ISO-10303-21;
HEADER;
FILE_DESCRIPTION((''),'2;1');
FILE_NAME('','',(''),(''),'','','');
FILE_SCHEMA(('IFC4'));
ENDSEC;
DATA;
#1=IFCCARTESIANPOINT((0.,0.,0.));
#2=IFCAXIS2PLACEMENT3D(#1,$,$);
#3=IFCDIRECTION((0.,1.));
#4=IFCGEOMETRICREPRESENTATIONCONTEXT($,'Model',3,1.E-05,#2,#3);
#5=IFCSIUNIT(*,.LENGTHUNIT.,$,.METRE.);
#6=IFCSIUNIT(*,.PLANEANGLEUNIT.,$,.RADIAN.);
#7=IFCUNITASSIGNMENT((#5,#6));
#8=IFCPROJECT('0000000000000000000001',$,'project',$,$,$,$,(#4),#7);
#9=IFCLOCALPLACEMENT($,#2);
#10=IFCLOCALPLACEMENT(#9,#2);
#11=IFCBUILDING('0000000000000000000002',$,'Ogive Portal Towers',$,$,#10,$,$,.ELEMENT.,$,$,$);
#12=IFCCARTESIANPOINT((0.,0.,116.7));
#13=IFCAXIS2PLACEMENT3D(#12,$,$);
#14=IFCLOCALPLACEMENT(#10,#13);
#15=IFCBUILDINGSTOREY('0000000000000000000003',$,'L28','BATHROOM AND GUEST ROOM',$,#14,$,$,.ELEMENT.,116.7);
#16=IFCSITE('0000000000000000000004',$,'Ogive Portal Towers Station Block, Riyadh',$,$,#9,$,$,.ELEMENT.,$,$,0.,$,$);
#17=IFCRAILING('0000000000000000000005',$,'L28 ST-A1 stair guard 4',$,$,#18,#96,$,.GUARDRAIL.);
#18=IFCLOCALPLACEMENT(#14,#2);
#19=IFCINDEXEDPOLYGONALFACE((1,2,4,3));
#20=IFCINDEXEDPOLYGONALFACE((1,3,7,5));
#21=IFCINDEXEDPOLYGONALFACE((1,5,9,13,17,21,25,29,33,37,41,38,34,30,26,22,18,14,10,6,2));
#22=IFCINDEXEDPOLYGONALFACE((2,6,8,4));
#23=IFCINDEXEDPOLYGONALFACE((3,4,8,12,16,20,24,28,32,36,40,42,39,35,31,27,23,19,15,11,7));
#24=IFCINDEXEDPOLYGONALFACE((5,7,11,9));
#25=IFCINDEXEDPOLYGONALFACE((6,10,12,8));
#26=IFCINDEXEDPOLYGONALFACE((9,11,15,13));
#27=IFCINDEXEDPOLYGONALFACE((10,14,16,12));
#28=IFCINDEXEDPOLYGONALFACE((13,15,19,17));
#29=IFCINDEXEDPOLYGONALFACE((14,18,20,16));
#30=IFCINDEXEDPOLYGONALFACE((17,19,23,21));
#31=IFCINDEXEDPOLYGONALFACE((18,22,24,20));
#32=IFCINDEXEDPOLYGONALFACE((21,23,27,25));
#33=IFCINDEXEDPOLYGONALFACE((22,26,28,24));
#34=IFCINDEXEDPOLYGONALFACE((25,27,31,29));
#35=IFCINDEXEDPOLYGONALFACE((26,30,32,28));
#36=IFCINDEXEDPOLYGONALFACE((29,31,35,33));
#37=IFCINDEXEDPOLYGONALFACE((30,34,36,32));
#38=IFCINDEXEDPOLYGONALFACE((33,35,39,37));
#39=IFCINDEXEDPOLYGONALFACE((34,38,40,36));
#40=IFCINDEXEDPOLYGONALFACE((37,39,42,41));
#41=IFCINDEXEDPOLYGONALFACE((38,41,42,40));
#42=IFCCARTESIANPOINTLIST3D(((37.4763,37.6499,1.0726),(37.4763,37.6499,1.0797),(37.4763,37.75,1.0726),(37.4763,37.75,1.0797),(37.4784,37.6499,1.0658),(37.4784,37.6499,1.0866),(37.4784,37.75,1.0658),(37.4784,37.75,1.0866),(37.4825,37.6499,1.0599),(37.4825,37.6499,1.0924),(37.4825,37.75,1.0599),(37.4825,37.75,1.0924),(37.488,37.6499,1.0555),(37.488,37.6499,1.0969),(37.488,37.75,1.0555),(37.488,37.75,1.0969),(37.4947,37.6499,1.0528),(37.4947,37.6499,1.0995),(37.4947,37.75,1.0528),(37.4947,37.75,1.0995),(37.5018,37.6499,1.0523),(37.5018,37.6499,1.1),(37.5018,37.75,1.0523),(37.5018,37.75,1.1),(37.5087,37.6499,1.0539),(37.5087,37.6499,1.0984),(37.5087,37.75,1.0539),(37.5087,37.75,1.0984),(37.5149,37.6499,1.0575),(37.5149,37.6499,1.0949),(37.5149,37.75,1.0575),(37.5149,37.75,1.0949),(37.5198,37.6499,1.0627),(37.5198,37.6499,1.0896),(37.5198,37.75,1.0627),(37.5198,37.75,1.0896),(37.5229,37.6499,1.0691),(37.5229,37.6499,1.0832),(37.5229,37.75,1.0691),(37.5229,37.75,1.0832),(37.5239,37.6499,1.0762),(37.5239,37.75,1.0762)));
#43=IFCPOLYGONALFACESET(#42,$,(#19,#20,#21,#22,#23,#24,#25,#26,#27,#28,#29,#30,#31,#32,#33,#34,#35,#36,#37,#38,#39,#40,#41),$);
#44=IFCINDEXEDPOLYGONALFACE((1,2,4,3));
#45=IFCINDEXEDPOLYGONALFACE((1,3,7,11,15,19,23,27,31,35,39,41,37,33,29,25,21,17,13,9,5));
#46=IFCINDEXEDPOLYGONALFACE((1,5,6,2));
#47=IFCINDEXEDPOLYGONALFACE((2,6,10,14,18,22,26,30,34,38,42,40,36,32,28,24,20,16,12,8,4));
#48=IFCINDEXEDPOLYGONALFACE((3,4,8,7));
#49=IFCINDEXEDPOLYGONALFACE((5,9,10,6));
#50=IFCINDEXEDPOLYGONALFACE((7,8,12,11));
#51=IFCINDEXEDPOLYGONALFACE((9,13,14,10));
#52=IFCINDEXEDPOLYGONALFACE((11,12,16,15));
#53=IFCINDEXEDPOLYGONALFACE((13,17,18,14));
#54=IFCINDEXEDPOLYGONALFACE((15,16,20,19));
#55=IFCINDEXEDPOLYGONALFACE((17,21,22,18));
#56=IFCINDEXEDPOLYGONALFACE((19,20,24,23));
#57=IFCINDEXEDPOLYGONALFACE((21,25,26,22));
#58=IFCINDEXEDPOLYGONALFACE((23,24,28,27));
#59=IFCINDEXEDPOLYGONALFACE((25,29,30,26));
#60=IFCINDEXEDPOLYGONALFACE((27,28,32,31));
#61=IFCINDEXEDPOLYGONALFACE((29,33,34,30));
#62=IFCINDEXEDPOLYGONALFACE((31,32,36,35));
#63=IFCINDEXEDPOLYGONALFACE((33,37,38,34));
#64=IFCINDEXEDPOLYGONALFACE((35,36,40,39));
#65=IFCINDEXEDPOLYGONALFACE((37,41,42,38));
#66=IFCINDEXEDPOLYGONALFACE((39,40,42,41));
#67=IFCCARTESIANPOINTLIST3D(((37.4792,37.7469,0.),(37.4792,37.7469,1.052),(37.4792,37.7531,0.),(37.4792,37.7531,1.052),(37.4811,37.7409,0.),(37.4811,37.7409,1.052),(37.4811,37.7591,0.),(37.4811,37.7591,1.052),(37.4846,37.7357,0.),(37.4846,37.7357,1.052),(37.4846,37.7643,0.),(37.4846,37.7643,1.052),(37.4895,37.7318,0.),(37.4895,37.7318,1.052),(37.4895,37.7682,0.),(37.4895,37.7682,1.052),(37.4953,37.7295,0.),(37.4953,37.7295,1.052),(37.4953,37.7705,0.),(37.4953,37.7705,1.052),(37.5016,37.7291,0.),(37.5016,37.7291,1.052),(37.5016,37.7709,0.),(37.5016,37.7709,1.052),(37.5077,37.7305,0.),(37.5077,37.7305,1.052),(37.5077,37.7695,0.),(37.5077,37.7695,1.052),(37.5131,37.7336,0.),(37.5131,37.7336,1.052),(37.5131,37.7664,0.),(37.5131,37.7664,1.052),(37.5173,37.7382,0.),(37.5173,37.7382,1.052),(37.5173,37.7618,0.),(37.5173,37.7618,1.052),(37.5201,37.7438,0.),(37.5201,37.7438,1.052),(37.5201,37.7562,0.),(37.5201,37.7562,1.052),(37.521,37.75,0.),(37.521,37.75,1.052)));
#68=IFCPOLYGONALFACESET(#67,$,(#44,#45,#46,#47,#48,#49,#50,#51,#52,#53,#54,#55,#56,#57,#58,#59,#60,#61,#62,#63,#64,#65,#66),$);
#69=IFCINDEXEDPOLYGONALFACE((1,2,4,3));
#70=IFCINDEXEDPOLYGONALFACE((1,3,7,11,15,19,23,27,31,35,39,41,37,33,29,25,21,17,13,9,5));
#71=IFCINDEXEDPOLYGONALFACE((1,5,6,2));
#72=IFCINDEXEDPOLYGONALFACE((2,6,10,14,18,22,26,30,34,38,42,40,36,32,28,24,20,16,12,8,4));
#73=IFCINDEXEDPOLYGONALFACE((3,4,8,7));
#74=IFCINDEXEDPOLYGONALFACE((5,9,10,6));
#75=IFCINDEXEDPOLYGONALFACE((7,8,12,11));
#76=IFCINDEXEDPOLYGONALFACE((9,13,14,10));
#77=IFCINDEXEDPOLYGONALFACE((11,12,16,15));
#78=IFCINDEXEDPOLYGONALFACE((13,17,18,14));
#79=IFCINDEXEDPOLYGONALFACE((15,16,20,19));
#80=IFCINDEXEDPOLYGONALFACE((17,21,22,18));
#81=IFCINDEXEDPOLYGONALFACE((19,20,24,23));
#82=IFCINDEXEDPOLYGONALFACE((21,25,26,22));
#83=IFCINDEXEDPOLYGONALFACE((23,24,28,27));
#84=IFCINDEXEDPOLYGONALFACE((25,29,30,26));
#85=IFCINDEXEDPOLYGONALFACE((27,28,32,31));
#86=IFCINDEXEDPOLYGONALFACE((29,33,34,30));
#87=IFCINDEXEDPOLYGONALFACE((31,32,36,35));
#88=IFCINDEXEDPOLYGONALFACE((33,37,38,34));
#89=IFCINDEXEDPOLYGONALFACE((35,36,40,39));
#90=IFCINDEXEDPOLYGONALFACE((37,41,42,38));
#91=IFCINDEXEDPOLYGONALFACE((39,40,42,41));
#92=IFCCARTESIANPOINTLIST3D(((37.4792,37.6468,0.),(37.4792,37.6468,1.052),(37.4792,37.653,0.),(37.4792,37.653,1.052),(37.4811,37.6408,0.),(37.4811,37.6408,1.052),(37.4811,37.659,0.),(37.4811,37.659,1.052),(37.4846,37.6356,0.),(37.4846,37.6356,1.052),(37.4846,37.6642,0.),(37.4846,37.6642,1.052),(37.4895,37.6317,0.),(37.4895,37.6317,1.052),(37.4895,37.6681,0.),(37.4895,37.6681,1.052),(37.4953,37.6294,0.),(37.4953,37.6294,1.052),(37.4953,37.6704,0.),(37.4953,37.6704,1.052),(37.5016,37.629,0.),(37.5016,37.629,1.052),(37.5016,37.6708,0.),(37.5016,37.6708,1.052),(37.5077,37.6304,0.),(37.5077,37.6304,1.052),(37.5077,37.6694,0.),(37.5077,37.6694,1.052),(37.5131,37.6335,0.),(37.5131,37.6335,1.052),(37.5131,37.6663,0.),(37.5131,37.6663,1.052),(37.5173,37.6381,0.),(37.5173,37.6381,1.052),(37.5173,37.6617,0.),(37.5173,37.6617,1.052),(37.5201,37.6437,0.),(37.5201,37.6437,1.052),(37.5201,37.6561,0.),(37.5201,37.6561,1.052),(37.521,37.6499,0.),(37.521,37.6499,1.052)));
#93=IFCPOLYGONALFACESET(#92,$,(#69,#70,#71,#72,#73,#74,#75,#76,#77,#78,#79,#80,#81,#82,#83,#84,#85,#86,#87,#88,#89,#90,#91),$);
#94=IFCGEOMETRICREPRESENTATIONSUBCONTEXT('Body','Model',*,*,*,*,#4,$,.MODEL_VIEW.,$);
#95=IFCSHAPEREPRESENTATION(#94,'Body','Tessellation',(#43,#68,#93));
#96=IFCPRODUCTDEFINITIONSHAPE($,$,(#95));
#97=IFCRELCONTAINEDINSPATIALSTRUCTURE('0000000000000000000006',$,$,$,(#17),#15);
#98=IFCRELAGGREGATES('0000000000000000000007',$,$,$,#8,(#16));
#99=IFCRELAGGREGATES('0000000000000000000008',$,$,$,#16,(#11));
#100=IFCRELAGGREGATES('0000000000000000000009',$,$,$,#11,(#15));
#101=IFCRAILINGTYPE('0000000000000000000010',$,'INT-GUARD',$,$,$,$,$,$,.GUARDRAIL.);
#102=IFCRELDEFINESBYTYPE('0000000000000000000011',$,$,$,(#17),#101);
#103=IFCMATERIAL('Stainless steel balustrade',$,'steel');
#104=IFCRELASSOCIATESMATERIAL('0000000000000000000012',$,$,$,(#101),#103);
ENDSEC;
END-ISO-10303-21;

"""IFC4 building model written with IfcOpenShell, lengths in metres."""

from ifc_helpers import new_model, si_unit, direction, frame, origin, origin_2d, place, context, subcontext, project, spatial, circle, extrude, material, type_object, element, save


model = new_model("IFC4")

# Units and contexts
model_context = context("Model", 3, precision=1e-05, world=origin(), true_north=direction((0.0, 1.0)))
body_context = subcontext(model_context, "Body", "Model", "MODEL_VIEW")
ifc_project = project(units=[si_unit("LENGTHUNIT", "METRE"), si_unit("PLANEANGLEUNIT", "RADIAN")], contexts=[model_context])

# Site, building, storey
site_placement = place(None, origin())
site = spatial("IfcSite", under=ifc_project, at=site_placement, Name="Ogive Portal Towers Station Block, Riyadh", CompositionType="ELEMENT", RefElevation=0.0)
building_placement = place(site_placement, origin())
building = spatial("IfcBuilding", under=site, at=building_placement, Name="Ogive Portal Towers", CompositionType="ELEMENT")
storey_placement = place(building_placement, frame((0.0, 0.0, 116.7)))
storey = spatial("IfcBuildingStorey", under=building, at=storey_placement, Name="L28", Description="BATHROOM AND GUEST ROOM", CompositionType="ELEMENT", Elevation=116.7)

# Railing
ifc_material_1 = material(Name="Stainless steel balustrade", Category="steel")
railing_type_1 = type_object("IfcRailingType", Name="INT-GUARD", PredefinedType="GUARDRAIL", material=ifc_material_1)
railing_1_placement = place(storey_placement, frame((37.5, 37.75, 0.0)))
element("IfcRailing", 1, at=railing_1_placement, inside=storey, type_object=railing_type_1, Name="L28 ST-A1 stair guard 4", PredefinedType="GUARDRAIL", context=body_context, shape_type="SweptSolid", body=[
    extrude(circle(Radius=0.0239, at=origin_2d()), frame((0.0, 0.0, 1.0762), z_axis=(0.0, -1.0, 0.0), x_axis=(1.0, 0.0, 0.0)), (0.0, 0.0, 1.0), 0.1001),
    extrude(circle(Radius=0.021, at=origin_2d()), origin(), (0.0, 0.0, 1.0), 1.052),
    extrude(circle(Radius=0.021, at=origin_2d()), frame((0.0, -0.1001, 0.0)), (0.0, 0.0, 1.0), 1.052),
])

save(model, "model.ifc")
